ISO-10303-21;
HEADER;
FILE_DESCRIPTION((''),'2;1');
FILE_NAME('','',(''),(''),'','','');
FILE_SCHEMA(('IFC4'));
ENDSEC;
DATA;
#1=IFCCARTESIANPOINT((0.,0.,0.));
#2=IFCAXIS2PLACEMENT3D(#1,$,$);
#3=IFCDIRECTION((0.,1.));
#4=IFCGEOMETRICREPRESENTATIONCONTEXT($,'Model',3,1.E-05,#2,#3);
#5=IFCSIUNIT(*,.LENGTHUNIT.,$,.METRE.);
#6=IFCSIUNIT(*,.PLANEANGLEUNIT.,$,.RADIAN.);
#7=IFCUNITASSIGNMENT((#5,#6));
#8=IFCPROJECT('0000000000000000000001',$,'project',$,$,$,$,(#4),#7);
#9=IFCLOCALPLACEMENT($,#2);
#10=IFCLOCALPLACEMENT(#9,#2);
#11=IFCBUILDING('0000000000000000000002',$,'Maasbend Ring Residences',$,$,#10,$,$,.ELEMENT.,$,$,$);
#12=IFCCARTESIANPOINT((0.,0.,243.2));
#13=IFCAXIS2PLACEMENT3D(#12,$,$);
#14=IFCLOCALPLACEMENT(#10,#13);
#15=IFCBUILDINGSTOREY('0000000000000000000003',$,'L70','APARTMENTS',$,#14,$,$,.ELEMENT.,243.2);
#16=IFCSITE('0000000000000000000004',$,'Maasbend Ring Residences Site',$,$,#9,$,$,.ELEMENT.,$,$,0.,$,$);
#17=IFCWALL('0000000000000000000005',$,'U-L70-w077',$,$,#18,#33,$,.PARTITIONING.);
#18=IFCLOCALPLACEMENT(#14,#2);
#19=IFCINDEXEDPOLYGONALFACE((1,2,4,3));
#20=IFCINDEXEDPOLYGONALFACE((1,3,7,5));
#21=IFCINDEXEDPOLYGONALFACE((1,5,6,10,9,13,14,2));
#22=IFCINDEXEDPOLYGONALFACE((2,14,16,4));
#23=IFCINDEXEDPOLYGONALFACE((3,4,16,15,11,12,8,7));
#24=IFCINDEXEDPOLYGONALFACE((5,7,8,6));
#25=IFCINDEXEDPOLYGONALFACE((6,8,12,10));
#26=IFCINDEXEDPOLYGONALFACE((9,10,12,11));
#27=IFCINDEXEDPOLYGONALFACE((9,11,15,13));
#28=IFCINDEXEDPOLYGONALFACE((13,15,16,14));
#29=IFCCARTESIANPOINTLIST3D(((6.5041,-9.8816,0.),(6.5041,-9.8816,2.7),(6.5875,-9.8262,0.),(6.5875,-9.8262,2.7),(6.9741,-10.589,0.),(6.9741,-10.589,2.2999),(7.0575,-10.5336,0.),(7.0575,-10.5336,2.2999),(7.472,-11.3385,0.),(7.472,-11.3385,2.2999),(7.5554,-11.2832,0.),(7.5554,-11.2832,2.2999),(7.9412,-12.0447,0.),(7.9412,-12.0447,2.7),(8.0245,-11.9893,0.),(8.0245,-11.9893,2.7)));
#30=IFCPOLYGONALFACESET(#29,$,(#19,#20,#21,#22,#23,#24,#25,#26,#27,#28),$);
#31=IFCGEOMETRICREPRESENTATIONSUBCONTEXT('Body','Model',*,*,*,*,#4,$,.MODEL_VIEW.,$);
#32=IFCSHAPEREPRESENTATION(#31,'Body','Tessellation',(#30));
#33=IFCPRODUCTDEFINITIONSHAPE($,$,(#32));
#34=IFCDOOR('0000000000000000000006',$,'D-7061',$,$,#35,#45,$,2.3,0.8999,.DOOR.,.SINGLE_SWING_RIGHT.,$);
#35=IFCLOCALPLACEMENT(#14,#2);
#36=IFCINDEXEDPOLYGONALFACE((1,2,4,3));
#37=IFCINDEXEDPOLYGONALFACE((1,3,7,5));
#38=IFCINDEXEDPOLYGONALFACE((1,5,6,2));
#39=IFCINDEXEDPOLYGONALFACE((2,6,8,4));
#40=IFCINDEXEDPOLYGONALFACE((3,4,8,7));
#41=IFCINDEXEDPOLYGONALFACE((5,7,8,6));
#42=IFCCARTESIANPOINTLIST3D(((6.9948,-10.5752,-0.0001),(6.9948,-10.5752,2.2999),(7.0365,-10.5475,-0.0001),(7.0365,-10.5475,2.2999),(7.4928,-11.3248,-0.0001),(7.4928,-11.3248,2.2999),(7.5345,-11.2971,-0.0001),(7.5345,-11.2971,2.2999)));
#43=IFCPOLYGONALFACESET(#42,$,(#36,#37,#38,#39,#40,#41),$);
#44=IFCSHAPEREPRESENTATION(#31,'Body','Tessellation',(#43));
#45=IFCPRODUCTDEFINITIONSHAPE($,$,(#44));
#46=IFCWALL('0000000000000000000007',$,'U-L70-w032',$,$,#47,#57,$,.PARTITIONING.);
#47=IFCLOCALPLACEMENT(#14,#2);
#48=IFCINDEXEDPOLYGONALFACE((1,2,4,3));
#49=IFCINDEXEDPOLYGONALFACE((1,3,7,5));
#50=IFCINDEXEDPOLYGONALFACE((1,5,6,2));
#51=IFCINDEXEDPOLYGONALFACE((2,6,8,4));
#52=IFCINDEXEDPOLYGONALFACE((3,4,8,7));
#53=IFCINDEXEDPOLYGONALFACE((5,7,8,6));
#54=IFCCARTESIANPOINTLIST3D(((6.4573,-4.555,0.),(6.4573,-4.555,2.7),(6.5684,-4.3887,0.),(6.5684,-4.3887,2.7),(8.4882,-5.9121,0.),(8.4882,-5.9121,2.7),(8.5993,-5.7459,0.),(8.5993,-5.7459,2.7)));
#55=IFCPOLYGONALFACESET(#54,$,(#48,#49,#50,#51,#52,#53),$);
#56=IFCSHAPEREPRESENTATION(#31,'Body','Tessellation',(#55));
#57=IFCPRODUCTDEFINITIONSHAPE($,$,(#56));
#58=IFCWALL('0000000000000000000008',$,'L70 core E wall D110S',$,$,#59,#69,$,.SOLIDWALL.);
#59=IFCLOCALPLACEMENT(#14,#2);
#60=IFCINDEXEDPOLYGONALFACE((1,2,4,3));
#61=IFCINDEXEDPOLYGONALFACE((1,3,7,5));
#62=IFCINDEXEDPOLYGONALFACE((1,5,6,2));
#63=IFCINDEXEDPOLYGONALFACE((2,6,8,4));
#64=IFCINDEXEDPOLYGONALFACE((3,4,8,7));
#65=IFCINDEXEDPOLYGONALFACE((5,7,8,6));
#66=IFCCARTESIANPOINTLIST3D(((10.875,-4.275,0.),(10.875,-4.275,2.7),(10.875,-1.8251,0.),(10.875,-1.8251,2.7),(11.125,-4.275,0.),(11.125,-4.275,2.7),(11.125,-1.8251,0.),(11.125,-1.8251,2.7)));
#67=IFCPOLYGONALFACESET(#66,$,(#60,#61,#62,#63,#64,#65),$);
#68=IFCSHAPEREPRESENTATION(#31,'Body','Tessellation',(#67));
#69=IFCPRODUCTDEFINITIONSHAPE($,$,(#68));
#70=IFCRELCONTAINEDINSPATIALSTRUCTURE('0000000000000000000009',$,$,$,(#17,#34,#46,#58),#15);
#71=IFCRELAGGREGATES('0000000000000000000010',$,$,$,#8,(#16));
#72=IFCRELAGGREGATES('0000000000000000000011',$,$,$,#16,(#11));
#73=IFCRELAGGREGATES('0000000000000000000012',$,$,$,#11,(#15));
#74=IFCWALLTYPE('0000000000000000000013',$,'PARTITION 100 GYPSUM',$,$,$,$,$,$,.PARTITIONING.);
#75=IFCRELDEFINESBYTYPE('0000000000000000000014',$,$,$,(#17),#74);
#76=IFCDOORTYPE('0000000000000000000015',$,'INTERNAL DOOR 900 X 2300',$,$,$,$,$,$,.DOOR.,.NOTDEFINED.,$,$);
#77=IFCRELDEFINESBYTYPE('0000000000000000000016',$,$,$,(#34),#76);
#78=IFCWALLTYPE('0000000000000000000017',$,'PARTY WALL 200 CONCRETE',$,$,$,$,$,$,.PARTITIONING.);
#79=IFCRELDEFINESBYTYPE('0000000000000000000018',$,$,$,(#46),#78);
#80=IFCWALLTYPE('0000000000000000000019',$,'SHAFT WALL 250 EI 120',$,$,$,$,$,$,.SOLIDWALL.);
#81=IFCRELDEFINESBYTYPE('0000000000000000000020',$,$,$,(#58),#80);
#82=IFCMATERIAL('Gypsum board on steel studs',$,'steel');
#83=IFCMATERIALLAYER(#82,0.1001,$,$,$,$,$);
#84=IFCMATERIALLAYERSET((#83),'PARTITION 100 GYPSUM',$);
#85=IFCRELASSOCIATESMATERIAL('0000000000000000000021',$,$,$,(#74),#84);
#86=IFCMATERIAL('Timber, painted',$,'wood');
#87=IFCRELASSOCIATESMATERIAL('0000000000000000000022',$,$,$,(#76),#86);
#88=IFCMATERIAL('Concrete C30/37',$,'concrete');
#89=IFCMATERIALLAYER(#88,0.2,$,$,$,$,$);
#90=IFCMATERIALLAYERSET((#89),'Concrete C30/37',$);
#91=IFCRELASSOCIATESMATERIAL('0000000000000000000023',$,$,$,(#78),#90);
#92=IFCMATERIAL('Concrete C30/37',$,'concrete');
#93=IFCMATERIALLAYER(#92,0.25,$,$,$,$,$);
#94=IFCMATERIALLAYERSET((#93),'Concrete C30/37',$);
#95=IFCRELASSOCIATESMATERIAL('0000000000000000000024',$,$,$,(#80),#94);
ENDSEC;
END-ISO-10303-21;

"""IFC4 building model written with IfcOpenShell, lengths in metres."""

from ifc_helpers import new_model, si_unit, direction, frame, frame_2d, origin, place, context, subcontext, project, spatial, rectangle, extrude, material, layer, layer_set, type_object, element, fill, save


model = new_model("IFC4")

# Units and contexts
model_context = context("Model", 3, precision=1e-05, world=origin(), true_north=direction((0.0, 1.0)))
body_context = subcontext(model_context, "Body", "Model", "MODEL_VIEW")
ifc_project = project(units=[si_unit("LENGTHUNIT", "METRE"), si_unit("PLANEANGLEUNIT", "RADIAN")], contexts=[model_context])

# Site, building, storey
site_placement = place(None, origin())
site = spatial("IfcSite", under=ifc_project, at=site_placement, Name="Maasbend Ring Residences Site", CompositionType="ELEMENT", RefElevation=0.0)
building_placement = place(site_placement, origin())
building = spatial("IfcBuilding", under=site, at=building_placement, Name="Maasbend Ring Residences", CompositionType="ELEMENT")
storey_placement = place(building_placement, frame((0.0, 0.0, 243.2)))
storey = spatial("IfcBuildingStorey", under=building, at=storey_placement, Name="L70", Description="APARTMENTS", CompositionType="ELEMENT", Elevation=243.2)

# Shared definitions
ifc_material_1 = material(Name="Gypsum board on steel studs", Category="steel")
ifc_layer_1 = layer(ifc_material_1, 0.1001)
ifc_layer_set_1 = layer_set([ifc_layer_1], Name="PARTITION 100 GYPSUM")
wall_type_1 = type_object("IfcWallType", Name="PARTITION 100 GYPSUM", PredefinedType="PARTITIONING", material=ifc_layer_set_1)

# Wall, opening, door
wall_1_placement = place(storey_placement, frame((6.5459, -9.854, 0.0), z_axis=(0.0, 0.0, 1.0), x_axis=(0.553354, -0.832946, 0.0)))
wall_1 = element("IfcWall", 1, at=wall_1_placement, inside=storey, type_object=wall_type_1, Name="U-L70-w077", PredefinedType="PARTITIONING", context=body_context, shape_type="SweptSolid", body=[
    extrude(rectangle(XDim=2.5969, YDim=0.1001, at=frame_2d((1.2983, 0.0))), origin(), (0.0, 0.0, 1.0), 2.7),
])
opening_1_placement = place(wall_1_placement, frame((0.8491, 0.0, 0.0)))
opening_1 = element("IfcOpeningElement", 2, at=opening_1_placement, cuts=wall_1, PredefinedType="OPENING", context=body_context, shape_type="SweptSolid", body=[
    extrude(rectangle(XDim=0.8999, YDim=2.3, at=frame_2d((0.45, 1.1499))), frame((0.0, 0.0601, 0.0), z_axis=(0.0, -1.0, 0.0), x_axis=(1.0, 0.0, 0.0)), (0.0, 0.0, 1.0), 0.1201),
])
ifc_material_2 = material(Name="Timber, painted", Category="wood")
door_type_1 = type_object("IfcDoorType", Name="INTERNAL DOOR 900 X 2300", OperationType="NOTDEFINED", PredefinedType="DOOR", material=ifc_material_2)
door_1_placement = place(opening_1_placement, origin())
door_1 = element("IfcDoor", 3, at=door_1_placement, inside=storey, type_object=door_type_1, Name="D-7061", OperationType="SINGLE_SWING_RIGHT", OverallHeight=2.3, OverallWidth=0.8999, PredefinedType="DOOR", context=body_context, shape_type="SweptSolid", body=[
    extrude(rectangle(XDim=0.8999, YDim=2.3, at=frame_2d((0.45, 1.1499))), frame((0.0, 0.0249, 0.0), z_axis=(0.0, -1.0, 0.0), x_axis=(1.0, 0.0, 0.0)), (0.0, 0.0, 1.0), 0.05),
])
fill(opening_1, door_1)

# Walls
ifc_material_3 = material(Name="Concrete C30/37", Category="concrete")
ifc_layer_2 = layer(ifc_material_3, 0.2)
ifc_layer_set_2 = layer_set([ifc_layer_2], Name="Concrete C30/37")
wall_type_2 = type_object("IfcWallType", Name="PARTY WALL 200 CONCRETE", PredefinedType="PARTITIONING", material=ifc_layer_set_2)
wall_2_placement = place(storey_placement, frame((6.5129, -4.4719, 0.0), z_axis=(0.0, 0.0, 1.0), x_axis=(0.83145, -0.555599, 0.0)))
element("IfcWall", 4, at=wall_2_placement, inside=storey, type_object=wall_type_2, Name="U-L70-w032", PredefinedType="PARTITIONING", context=body_context, shape_type="SweptSolid", body=[
    extrude(rectangle(XDim=2.4426, YDim=0.2, at=frame_2d((1.2212, 0.0))), origin(), (0.0, 0.0, 1.0), 2.7),
])
ifc_material_4 = material(Name="Concrete C30/37", Category="concrete")
ifc_layer_3 = layer(ifc_material_4, 0.25)
ifc_layer_set_3 = layer_set([ifc_layer_3], Name="Concrete C30/37")
wall_type_3 = type_object("IfcWallType", Name="SHAFT WALL 250 EI 120", PredefinedType="SOLIDWALL", material=ifc_layer_set_3)
wall_3_placement = place(storey_placement, frame((11.0, -1.825, 0.0), z_axis=(0.0, 0.0, 1.0), x_axis=(0.0, -1.0, 0.0)))
element("IfcWall", 5, at=wall_3_placement, inside=storey, type_object=wall_type_3, Name="L70 core E wall D110S", PredefinedType="SOLIDWALL", context=body_context, shape_type="SweptSolid", body=[
    extrude(rectangle(XDim=2.45, YDim=0.25, at=frame_2d((1.2251, 0.0))), origin(), (0.0, 0.0, 1.0), 2.7),
])

save(model, "model.ifc")
